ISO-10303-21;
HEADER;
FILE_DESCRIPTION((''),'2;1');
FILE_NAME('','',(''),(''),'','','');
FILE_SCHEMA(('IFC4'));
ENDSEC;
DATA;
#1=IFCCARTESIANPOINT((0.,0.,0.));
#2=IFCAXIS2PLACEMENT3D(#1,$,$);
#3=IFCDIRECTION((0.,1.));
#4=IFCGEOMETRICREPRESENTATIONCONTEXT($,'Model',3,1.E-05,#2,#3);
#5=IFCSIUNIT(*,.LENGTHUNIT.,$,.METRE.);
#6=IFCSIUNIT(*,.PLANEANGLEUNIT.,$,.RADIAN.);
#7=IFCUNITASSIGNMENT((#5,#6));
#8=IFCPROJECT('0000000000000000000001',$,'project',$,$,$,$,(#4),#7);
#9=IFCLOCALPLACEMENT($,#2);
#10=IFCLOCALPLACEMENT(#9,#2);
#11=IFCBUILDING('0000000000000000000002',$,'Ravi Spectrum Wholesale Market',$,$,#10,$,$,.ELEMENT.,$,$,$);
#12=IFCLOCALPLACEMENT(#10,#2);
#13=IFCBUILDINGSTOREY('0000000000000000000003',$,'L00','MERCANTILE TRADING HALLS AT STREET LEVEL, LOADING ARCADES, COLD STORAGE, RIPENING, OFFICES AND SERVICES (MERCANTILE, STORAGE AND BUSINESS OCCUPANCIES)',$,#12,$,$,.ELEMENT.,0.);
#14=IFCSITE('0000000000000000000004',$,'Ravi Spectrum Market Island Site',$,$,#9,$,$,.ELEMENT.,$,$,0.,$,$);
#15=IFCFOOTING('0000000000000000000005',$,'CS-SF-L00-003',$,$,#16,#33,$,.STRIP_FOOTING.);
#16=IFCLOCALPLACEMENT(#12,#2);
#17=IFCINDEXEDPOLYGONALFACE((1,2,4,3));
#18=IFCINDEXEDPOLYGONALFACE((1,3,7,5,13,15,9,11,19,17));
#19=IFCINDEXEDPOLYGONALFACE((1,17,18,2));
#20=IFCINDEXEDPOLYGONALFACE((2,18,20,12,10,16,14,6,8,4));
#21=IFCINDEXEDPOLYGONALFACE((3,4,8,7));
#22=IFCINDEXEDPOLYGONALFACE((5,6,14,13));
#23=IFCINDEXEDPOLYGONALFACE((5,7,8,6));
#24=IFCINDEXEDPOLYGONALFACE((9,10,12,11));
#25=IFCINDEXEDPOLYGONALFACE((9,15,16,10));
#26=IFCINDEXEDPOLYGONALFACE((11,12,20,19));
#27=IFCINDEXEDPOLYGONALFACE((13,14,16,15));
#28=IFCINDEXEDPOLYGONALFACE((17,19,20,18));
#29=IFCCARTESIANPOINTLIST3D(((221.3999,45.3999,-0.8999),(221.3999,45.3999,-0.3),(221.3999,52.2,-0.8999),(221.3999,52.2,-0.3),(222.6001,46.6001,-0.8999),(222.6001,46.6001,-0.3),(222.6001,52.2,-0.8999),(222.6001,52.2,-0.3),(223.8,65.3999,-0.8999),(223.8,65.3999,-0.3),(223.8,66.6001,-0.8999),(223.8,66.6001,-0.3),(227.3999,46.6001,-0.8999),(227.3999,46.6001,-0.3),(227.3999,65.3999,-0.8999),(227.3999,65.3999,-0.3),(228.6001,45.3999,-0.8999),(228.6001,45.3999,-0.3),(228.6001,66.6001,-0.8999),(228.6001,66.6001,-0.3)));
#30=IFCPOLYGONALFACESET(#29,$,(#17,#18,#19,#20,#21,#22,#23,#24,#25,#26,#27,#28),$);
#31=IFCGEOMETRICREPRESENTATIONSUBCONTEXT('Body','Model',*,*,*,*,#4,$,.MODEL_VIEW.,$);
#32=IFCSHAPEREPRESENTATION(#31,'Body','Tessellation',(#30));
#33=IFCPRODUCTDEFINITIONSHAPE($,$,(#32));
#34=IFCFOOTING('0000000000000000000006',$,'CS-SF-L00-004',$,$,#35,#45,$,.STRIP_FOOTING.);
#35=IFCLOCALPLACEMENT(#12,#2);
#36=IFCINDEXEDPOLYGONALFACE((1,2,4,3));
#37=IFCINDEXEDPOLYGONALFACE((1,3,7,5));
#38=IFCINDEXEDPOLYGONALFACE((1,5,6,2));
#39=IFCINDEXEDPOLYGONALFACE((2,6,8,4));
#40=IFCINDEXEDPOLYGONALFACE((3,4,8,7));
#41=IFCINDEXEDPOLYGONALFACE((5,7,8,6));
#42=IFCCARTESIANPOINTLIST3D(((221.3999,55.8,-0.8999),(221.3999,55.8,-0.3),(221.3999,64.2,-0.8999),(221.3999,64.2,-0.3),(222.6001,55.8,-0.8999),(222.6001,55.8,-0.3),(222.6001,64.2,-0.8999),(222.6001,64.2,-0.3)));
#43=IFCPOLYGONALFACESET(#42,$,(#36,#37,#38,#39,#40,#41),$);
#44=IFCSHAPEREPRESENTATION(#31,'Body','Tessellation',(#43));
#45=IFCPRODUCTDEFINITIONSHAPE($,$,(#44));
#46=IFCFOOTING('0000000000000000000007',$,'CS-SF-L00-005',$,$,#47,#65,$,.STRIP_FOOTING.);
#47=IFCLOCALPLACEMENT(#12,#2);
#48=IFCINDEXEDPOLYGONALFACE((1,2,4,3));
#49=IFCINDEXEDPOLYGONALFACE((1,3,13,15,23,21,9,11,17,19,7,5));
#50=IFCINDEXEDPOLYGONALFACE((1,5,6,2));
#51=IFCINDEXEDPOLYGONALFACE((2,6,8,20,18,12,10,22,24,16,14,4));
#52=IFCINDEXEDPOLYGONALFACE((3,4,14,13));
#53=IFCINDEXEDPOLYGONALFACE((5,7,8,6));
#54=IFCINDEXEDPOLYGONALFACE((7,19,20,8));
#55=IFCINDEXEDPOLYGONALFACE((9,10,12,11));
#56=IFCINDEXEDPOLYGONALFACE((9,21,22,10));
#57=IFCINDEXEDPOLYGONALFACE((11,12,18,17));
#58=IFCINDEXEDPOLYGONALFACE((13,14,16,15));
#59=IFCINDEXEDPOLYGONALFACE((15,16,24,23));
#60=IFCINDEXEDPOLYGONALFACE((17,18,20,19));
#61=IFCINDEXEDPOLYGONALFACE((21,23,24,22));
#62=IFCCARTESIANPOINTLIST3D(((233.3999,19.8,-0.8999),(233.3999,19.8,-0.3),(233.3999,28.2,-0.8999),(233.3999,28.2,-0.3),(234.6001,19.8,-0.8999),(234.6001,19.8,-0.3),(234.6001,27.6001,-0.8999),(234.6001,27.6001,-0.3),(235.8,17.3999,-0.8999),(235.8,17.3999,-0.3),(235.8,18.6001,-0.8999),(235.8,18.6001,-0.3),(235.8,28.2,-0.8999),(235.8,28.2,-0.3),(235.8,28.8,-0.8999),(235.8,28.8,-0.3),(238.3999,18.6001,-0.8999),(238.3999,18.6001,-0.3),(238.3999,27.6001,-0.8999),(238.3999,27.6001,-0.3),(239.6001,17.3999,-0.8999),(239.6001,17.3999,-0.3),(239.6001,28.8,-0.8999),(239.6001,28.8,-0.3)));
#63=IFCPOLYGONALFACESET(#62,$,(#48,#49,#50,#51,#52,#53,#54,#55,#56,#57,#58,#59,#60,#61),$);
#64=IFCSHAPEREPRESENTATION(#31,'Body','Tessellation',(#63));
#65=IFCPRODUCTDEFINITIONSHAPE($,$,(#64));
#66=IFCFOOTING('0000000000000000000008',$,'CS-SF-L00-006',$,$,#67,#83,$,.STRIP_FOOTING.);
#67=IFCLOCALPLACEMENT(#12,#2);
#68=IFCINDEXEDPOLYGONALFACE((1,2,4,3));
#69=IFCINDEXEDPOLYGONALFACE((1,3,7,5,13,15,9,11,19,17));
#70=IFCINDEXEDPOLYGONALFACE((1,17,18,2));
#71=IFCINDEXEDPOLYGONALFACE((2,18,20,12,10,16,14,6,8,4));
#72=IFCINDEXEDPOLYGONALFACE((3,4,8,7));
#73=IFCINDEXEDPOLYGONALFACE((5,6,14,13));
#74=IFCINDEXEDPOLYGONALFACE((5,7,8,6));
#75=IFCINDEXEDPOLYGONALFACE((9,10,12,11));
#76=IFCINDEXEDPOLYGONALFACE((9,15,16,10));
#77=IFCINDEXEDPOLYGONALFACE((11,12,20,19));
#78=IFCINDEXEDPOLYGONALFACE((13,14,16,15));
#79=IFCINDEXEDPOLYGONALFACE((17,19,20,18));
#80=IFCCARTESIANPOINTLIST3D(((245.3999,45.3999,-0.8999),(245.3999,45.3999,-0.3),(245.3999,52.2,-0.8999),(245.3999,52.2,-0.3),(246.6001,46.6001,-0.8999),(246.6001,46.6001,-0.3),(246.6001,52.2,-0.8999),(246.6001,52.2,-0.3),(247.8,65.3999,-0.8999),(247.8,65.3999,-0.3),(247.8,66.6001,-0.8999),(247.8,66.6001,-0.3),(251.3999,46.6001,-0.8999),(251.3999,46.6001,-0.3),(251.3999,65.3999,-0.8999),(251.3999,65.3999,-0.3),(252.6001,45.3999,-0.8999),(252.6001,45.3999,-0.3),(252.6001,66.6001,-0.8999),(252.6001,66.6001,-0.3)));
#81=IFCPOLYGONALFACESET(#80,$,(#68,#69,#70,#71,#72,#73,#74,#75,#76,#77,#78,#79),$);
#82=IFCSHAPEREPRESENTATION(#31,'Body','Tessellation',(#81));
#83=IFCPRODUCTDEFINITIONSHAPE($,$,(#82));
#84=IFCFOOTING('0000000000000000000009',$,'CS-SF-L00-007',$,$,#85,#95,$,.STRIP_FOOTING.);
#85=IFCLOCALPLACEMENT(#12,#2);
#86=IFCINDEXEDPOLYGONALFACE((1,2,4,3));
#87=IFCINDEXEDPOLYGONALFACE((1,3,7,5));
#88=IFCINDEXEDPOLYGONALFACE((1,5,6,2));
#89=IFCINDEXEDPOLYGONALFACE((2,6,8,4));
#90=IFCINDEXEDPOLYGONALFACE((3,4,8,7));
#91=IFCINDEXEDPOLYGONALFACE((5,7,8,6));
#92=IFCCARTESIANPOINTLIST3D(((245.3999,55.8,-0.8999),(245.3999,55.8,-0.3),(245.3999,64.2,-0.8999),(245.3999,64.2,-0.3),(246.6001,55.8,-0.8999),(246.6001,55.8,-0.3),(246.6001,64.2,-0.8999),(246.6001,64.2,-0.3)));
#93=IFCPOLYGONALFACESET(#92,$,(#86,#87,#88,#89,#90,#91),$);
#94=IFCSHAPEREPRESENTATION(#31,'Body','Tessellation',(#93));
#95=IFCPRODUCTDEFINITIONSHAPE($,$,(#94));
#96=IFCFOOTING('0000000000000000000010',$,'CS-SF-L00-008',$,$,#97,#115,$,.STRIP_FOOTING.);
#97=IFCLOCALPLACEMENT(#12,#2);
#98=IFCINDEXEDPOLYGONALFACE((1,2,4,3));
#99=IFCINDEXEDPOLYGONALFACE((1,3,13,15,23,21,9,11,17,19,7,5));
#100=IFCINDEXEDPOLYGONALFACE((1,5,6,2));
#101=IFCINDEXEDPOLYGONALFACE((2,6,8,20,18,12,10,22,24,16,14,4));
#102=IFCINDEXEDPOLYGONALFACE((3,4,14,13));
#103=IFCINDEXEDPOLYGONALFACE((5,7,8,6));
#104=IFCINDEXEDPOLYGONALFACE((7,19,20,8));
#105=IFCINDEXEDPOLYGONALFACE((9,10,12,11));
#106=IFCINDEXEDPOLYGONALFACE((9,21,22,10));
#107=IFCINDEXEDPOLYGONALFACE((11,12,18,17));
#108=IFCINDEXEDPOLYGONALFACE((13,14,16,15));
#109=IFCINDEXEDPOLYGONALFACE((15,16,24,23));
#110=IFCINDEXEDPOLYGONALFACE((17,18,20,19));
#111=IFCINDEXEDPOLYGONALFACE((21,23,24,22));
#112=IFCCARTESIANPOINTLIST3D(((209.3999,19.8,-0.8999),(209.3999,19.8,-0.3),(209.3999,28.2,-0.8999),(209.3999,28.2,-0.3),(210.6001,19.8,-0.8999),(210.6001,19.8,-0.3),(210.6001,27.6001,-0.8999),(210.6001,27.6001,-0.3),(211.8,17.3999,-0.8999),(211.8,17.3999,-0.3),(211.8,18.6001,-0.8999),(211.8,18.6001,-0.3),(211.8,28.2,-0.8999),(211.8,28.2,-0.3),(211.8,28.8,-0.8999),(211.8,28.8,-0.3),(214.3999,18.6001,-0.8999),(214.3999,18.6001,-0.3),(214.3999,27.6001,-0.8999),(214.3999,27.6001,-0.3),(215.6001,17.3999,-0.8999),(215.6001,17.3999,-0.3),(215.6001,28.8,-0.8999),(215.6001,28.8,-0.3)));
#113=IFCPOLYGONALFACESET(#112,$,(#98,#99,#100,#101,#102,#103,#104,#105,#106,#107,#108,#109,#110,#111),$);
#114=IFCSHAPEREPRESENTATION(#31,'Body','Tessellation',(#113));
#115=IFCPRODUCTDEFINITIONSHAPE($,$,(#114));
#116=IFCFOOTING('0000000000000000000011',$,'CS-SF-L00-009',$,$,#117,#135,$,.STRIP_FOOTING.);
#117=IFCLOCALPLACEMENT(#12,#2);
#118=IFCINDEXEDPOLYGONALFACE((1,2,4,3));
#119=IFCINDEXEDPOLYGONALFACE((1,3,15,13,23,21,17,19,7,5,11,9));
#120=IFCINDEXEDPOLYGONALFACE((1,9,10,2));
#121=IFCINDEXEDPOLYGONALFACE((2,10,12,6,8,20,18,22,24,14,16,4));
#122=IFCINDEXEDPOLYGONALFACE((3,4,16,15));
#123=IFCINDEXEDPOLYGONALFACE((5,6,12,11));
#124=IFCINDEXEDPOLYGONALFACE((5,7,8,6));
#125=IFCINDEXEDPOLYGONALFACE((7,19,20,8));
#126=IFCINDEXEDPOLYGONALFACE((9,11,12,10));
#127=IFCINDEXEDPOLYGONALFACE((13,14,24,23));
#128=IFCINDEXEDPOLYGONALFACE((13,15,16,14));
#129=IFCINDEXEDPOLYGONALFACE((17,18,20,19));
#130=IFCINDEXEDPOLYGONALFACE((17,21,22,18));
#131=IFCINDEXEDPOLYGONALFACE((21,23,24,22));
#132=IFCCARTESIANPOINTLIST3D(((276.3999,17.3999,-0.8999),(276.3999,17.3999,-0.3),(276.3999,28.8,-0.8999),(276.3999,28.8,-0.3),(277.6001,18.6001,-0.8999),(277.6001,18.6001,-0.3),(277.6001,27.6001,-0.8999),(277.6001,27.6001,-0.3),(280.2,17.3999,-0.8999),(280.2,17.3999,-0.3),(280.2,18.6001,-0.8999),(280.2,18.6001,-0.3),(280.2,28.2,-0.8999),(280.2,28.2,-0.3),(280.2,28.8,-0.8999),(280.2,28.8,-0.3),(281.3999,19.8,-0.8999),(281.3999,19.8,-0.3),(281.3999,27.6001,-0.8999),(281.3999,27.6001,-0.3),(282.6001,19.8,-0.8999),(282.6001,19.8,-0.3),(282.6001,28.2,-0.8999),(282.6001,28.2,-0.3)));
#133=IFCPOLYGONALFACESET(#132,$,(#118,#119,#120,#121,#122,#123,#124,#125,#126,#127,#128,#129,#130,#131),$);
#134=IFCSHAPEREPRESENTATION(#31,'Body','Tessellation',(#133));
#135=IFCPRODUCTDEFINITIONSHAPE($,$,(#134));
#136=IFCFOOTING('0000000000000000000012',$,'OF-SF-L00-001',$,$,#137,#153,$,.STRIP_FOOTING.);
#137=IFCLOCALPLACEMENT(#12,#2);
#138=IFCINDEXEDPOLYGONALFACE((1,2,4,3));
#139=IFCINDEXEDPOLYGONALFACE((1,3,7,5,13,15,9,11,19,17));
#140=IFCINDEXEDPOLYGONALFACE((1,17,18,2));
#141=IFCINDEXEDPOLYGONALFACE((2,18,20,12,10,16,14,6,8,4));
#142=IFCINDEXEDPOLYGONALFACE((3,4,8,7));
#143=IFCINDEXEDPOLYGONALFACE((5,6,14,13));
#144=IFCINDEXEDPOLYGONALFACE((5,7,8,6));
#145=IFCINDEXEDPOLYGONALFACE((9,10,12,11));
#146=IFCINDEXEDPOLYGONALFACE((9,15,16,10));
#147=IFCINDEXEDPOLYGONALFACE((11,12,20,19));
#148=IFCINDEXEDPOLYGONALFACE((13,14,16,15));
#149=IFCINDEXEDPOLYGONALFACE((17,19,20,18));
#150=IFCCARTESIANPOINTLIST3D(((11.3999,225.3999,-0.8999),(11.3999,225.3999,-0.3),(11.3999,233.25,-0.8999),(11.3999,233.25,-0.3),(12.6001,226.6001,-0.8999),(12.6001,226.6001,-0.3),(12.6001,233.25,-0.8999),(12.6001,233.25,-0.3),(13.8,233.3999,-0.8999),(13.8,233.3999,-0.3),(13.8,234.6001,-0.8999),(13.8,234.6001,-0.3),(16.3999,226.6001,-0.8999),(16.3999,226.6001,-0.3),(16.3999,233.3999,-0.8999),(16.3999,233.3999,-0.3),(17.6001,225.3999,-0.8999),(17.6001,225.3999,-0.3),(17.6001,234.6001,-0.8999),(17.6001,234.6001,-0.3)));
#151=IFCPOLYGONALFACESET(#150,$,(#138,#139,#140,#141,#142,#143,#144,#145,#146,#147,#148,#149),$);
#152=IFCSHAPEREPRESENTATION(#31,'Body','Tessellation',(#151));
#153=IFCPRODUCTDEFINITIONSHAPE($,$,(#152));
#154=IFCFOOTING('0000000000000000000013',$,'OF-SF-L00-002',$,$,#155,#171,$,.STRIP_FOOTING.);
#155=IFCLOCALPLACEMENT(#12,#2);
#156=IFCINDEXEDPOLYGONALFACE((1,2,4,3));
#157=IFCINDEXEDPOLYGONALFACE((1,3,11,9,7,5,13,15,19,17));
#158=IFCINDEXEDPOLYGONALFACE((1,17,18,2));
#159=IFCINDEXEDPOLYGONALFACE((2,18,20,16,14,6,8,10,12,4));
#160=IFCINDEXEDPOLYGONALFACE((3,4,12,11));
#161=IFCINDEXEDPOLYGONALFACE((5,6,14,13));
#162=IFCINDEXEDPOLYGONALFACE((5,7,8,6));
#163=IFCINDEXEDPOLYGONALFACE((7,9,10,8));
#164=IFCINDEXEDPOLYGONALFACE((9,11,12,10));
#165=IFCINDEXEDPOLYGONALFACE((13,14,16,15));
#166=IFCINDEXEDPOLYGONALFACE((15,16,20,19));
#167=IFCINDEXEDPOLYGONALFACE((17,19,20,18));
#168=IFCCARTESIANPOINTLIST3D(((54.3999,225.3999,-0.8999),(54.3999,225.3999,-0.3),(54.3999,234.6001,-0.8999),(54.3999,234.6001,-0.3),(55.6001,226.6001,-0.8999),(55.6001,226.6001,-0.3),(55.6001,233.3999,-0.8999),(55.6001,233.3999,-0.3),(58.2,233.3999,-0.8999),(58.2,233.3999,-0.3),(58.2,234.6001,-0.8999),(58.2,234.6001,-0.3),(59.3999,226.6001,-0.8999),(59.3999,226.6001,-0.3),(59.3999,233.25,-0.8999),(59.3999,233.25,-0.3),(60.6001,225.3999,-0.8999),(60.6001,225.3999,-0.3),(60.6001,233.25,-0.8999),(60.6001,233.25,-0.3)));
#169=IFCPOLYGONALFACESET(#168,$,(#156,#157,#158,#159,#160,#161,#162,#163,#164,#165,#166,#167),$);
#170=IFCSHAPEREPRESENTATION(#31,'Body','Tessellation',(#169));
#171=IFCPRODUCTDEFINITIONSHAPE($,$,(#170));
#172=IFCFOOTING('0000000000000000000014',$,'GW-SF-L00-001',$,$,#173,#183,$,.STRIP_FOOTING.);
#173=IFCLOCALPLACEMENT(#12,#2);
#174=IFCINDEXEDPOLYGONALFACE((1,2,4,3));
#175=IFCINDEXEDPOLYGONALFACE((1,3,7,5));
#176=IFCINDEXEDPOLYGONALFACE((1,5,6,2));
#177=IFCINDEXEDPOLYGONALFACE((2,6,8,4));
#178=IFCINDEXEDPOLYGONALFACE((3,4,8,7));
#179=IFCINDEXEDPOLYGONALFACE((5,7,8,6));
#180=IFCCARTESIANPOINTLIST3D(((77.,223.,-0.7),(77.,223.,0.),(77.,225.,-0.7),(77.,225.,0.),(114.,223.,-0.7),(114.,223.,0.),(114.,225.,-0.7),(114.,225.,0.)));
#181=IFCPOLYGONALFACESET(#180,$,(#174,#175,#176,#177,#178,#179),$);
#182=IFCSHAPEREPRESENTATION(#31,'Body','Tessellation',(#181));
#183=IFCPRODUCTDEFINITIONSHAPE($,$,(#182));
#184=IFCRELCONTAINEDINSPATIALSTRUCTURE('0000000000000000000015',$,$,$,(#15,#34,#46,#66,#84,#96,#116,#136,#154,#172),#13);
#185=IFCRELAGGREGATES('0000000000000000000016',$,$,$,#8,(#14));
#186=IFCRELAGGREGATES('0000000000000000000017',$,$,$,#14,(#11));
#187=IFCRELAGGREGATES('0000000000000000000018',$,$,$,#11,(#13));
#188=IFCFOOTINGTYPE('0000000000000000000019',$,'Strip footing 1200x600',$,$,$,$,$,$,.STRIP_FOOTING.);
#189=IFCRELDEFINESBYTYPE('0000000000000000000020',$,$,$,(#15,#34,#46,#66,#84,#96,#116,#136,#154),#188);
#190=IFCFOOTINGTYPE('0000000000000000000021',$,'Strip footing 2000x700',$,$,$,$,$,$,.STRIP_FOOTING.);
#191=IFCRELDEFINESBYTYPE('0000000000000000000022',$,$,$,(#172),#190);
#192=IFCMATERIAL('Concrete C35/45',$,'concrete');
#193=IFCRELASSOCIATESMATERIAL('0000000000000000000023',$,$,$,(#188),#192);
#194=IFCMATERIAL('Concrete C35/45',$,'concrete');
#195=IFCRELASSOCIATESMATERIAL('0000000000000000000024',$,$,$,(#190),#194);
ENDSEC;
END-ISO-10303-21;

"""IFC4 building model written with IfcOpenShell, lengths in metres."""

from ifc_helpers import new_model, si_unit, direction, frame, origin, place, context, subcontext, project, spatial, polyline, outline, extrude, material, type_object, element, save


model = new_model("IFC4")

# Units and contexts
model_context = context("Model", 3, precision=1e-05, world=origin(), true_north=direction((0.0, 1.0)))
body_context = subcontext(model_context, "Body", "Model", "MODEL_VIEW")
ifc_project = project(units=[si_unit("LENGTHUNIT", "METRE"), si_unit("PLANEANGLEUNIT", "RADIAN")], contexts=[model_context])

# Site, building, storey
site_placement = place(None, origin())
site = spatial("IfcSite", under=ifc_project, at=site_placement, Name="Ravi Spectrum Market Island Site", CompositionType="ELEMENT", RefElevation=0.0)
building_placement = place(site_placement, origin())
building = spatial("IfcBuilding", under=site, at=building_placement, Name="Ravi Spectrum Wholesale Market", CompositionType="ELEMENT")
storey_placement = place(building_placement, origin())
storey = spatial("IfcBuildingStorey", under=building, at=storey_placement, Name="L00", Description="MERCANTILE TRADING HALLS AT STREET LEVEL, LOADING ARCADES, COLD STORAGE, RIPENING, OFFICES AND SERVICES (MERCANTILE, STORAGE AND BUSINESS OCCUPANCIES)", CompositionType="ELEMENT", Elevation=0.0)

# Footings
ifc_material_1 = material(Name="Concrete C35/45", Category="concrete")
footing_type_1 = type_object("IfcFootingType", Name="Strip footing 1200x600", PredefinedType="STRIP_FOOTING", material=ifc_material_1)
footing_1_placement = place(storey_placement, frame((0.0, 0.0, -0.8999)))
element("IfcFooting", 1, at=footing_1_placement, inside=storey, type_object=footing_type_1, Name="CS-SF-L00-003", PredefinedType="STRIP_FOOTING", context=body_context, shape_type="SweptSolid", body=[
    extrude(outline(polyline([(221.3999, 52.2), (222.6001, 52.2), (222.6001, 46.6001), (227.3999, 46.6001), (227.3999, 65.3999), (223.8, 65.3999), (223.8, 66.6001), (228.6001, 66.6001), (228.6001, 45.3999), (221.3999, 45.3999), (221.3999, 52.2)])), origin(), (0.0, 0.0, 1.0), 0.5999),
])
footing_2_placement = place(storey_placement, frame((0.0, 0.0, -0.8999)))
element("IfcFooting", 2, at=footing_2_placement, inside=storey, type_object=footing_type_1, Name="CS-SF-L00-004", PredefinedType="STRIP_FOOTING", context=body_context, shape_type="SweptSolid", body=[
    extrude(outline(polyline([(221.3999, 64.2), (222.6001, 64.2), (222.6001, 55.8), (221.3999, 55.8), (221.3999, 64.2)])), origin(), (0.0, 0.0, 1.0), 0.5999),
])
footing_3_placement = place(storey_placement, frame((0.0, 0.0, -0.8999)))
element("IfcFooting", 3, at=footing_3_placement, inside=storey, type_object=footing_type_1, Name="CS-SF-L00-005", PredefinedType="STRIP_FOOTING", context=body_context, shape_type="SweptSolid", body=[
    extrude(outline(polyline([(233.3999, 28.2), (235.8, 28.2), (235.8, 28.8), (239.6001, 28.8), (239.6001, 17.3999), (235.8, 17.3999), (235.8, 18.6001), (238.3999, 18.6001), (238.3999, 27.6001), (234.6001, 27.6001), (234.6001, 19.8), (233.3999, 19.8), (233.3999, 28.2)])), origin(), (0.0, 0.0, 1.0), 0.5999),
])
footing_4_placement = place(storey_placement, frame((0.0, 0.0, -0.8999)))
element("IfcFooting", 4, at=footing_4_placement, inside=storey, type_object=footing_type_1, Name="CS-SF-L00-006", PredefinedType="STRIP_FOOTING", context=body_context, shape_type="SweptSolid", body=[
    extrude(outline(polyline([(245.3999, 52.2), (246.6001, 52.2), (246.6001, 46.6001), (251.3999, 46.6001), (251.3999, 65.3999), (247.8, 65.3999), (247.8, 66.6001), (252.6001, 66.6001), (252.6001, 45.3999), (245.3999, 45.3999), (245.3999, 52.2)])), origin(), (0.0, 0.0, 1.0), 0.5999),
])
footing_5_placement = place(storey_placement, frame((0.0, 0.0, -0.8999)))
element("IfcFooting", 5, at=footing_5_placement, inside=storey, type_object=footing_type_1, Name="CS-SF-L00-007", PredefinedType="STRIP_FOOTING", context=body_context, shape_type="SweptSolid", body=[
    extrude(outline(polyline([(245.3999, 64.2), (246.6001, 64.2), (246.6001, 55.8), (245.3999, 55.8), (245.3999, 64.2)])), origin(), (0.0, 0.0, 1.0), 0.5999),
])
footing_6_placement = place(storey_placement, frame((0.0, 0.0, -0.8999)))
element("IfcFooting", 6, at=footing_6_placement, inside=storey, type_object=footing_type_1, Name="CS-SF-L00-008", PredefinedType="STRIP_FOOTING", context=body_context, shape_type="SweptSolid", body=[
    extrude(outline(polyline([(209.3999, 28.2), (211.8, 28.2), (211.8, 28.8), (215.6001, 28.8), (215.6001, 17.3999), (211.8, 17.3999), (211.8, 18.6001), (214.3999, 18.6001), (214.3999, 27.6001), (210.6001, 27.6001), (210.6001, 19.8), (209.3999, 19.8), (209.3999, 28.2)])), origin(), (0.0, 0.0, 1.0), 0.5999),
])
footing_7_placement = place(storey_placement, frame((0.0, 0.0, -0.8999)))
element("IfcFooting", 7, at=footing_7_placement, inside=storey, type_object=footing_type_1, Name="CS-SF-L00-009", PredefinedType="STRIP_FOOTING", context=body_context, shape_type="SweptSolid", body=[
    extrude(outline(polyline([(276.3999, 28.8), (280.2, 28.8), (280.2, 28.2), (282.6001, 28.2), (282.6001, 19.8), (281.3999, 19.8), (281.3999, 27.6001), (277.6001, 27.6001), (277.6001, 18.6001), (280.2, 18.6001), (280.2, 17.3999), (276.3999, 17.3999), (276.3999, 28.8)])), origin(), (0.0, 0.0, 1.0), 0.5999),
])
footing_8_placement = place(storey_placement, frame((0.0, 0.0, -0.8999)))
element("IfcFooting", 8, at=footing_8_placement, inside=storey, type_object=footing_type_1, Name="OF-SF-L00-001", PredefinedType="STRIP_FOOTING", context=body_context, shape_type="SweptSolid", body=[
    extrude(outline(polyline([(11.3999, 233.25), (12.6001, 233.25), (12.6001, 226.6001), (16.3999, 226.6001), (16.3999, 233.3999), (13.8, 233.3999), (13.8, 234.6001), (17.6001, 234.6001), (17.6001, 225.3999), (11.3999, 225.3999), (11.3999, 233.25)])), origin(), (0.0, 0.0, 1.0), 0.5999),
])
footing_9_placement = place(storey_placement, frame((0.0, 0.0, -0.8999)))
element("IfcFooting", 9, at=footing_9_placement, inside=storey, type_object=footing_type_1, Name="OF-SF-L00-002", PredefinedType="STRIP_FOOTING", context=body_context, shape_type="SweptSolid", body=[
    extrude(outline(polyline([(54.3999, 234.6001), (58.2, 234.6001), (58.2, 233.3999), (55.6001, 233.3999), (55.6001, 226.6001), (59.3999, 226.6001), (59.3999, 233.25), (60.6001, 233.25), (60.6001, 225.3999), (54.3999, 225.3999), (54.3999, 234.6001)])), origin(), (0.0, 0.0, 1.0), 0.5999),
])
ifc_material_2 = material(Name="Concrete C35/45", Category="concrete")
footing_type_2 = type_object("IfcFootingType", Name="Strip footing 2000x700", PredefinedType="STRIP_FOOTING", material=ifc_material_2)
footing_10_placement = place(storey_placement, frame((0.0, 0.0, -0.7)))
element("IfcFooting", 10, at=footing_10_placement, inside=storey, type_object=footing_type_2, Name="GW-SF-L00-001", PredefinedType="STRIP_FOOTING", context=body_context, shape_type="SweptSolid", body=[
    extrude(outline(polyline([(77.0, 225.0), (114.0, 225.0), (114.0, 223.0), (77.0, 223.0), (77.0, 225.0)])), origin(), (0.0, 0.0, 1.0), 0.7),
])

save(model, "model.ifc")
